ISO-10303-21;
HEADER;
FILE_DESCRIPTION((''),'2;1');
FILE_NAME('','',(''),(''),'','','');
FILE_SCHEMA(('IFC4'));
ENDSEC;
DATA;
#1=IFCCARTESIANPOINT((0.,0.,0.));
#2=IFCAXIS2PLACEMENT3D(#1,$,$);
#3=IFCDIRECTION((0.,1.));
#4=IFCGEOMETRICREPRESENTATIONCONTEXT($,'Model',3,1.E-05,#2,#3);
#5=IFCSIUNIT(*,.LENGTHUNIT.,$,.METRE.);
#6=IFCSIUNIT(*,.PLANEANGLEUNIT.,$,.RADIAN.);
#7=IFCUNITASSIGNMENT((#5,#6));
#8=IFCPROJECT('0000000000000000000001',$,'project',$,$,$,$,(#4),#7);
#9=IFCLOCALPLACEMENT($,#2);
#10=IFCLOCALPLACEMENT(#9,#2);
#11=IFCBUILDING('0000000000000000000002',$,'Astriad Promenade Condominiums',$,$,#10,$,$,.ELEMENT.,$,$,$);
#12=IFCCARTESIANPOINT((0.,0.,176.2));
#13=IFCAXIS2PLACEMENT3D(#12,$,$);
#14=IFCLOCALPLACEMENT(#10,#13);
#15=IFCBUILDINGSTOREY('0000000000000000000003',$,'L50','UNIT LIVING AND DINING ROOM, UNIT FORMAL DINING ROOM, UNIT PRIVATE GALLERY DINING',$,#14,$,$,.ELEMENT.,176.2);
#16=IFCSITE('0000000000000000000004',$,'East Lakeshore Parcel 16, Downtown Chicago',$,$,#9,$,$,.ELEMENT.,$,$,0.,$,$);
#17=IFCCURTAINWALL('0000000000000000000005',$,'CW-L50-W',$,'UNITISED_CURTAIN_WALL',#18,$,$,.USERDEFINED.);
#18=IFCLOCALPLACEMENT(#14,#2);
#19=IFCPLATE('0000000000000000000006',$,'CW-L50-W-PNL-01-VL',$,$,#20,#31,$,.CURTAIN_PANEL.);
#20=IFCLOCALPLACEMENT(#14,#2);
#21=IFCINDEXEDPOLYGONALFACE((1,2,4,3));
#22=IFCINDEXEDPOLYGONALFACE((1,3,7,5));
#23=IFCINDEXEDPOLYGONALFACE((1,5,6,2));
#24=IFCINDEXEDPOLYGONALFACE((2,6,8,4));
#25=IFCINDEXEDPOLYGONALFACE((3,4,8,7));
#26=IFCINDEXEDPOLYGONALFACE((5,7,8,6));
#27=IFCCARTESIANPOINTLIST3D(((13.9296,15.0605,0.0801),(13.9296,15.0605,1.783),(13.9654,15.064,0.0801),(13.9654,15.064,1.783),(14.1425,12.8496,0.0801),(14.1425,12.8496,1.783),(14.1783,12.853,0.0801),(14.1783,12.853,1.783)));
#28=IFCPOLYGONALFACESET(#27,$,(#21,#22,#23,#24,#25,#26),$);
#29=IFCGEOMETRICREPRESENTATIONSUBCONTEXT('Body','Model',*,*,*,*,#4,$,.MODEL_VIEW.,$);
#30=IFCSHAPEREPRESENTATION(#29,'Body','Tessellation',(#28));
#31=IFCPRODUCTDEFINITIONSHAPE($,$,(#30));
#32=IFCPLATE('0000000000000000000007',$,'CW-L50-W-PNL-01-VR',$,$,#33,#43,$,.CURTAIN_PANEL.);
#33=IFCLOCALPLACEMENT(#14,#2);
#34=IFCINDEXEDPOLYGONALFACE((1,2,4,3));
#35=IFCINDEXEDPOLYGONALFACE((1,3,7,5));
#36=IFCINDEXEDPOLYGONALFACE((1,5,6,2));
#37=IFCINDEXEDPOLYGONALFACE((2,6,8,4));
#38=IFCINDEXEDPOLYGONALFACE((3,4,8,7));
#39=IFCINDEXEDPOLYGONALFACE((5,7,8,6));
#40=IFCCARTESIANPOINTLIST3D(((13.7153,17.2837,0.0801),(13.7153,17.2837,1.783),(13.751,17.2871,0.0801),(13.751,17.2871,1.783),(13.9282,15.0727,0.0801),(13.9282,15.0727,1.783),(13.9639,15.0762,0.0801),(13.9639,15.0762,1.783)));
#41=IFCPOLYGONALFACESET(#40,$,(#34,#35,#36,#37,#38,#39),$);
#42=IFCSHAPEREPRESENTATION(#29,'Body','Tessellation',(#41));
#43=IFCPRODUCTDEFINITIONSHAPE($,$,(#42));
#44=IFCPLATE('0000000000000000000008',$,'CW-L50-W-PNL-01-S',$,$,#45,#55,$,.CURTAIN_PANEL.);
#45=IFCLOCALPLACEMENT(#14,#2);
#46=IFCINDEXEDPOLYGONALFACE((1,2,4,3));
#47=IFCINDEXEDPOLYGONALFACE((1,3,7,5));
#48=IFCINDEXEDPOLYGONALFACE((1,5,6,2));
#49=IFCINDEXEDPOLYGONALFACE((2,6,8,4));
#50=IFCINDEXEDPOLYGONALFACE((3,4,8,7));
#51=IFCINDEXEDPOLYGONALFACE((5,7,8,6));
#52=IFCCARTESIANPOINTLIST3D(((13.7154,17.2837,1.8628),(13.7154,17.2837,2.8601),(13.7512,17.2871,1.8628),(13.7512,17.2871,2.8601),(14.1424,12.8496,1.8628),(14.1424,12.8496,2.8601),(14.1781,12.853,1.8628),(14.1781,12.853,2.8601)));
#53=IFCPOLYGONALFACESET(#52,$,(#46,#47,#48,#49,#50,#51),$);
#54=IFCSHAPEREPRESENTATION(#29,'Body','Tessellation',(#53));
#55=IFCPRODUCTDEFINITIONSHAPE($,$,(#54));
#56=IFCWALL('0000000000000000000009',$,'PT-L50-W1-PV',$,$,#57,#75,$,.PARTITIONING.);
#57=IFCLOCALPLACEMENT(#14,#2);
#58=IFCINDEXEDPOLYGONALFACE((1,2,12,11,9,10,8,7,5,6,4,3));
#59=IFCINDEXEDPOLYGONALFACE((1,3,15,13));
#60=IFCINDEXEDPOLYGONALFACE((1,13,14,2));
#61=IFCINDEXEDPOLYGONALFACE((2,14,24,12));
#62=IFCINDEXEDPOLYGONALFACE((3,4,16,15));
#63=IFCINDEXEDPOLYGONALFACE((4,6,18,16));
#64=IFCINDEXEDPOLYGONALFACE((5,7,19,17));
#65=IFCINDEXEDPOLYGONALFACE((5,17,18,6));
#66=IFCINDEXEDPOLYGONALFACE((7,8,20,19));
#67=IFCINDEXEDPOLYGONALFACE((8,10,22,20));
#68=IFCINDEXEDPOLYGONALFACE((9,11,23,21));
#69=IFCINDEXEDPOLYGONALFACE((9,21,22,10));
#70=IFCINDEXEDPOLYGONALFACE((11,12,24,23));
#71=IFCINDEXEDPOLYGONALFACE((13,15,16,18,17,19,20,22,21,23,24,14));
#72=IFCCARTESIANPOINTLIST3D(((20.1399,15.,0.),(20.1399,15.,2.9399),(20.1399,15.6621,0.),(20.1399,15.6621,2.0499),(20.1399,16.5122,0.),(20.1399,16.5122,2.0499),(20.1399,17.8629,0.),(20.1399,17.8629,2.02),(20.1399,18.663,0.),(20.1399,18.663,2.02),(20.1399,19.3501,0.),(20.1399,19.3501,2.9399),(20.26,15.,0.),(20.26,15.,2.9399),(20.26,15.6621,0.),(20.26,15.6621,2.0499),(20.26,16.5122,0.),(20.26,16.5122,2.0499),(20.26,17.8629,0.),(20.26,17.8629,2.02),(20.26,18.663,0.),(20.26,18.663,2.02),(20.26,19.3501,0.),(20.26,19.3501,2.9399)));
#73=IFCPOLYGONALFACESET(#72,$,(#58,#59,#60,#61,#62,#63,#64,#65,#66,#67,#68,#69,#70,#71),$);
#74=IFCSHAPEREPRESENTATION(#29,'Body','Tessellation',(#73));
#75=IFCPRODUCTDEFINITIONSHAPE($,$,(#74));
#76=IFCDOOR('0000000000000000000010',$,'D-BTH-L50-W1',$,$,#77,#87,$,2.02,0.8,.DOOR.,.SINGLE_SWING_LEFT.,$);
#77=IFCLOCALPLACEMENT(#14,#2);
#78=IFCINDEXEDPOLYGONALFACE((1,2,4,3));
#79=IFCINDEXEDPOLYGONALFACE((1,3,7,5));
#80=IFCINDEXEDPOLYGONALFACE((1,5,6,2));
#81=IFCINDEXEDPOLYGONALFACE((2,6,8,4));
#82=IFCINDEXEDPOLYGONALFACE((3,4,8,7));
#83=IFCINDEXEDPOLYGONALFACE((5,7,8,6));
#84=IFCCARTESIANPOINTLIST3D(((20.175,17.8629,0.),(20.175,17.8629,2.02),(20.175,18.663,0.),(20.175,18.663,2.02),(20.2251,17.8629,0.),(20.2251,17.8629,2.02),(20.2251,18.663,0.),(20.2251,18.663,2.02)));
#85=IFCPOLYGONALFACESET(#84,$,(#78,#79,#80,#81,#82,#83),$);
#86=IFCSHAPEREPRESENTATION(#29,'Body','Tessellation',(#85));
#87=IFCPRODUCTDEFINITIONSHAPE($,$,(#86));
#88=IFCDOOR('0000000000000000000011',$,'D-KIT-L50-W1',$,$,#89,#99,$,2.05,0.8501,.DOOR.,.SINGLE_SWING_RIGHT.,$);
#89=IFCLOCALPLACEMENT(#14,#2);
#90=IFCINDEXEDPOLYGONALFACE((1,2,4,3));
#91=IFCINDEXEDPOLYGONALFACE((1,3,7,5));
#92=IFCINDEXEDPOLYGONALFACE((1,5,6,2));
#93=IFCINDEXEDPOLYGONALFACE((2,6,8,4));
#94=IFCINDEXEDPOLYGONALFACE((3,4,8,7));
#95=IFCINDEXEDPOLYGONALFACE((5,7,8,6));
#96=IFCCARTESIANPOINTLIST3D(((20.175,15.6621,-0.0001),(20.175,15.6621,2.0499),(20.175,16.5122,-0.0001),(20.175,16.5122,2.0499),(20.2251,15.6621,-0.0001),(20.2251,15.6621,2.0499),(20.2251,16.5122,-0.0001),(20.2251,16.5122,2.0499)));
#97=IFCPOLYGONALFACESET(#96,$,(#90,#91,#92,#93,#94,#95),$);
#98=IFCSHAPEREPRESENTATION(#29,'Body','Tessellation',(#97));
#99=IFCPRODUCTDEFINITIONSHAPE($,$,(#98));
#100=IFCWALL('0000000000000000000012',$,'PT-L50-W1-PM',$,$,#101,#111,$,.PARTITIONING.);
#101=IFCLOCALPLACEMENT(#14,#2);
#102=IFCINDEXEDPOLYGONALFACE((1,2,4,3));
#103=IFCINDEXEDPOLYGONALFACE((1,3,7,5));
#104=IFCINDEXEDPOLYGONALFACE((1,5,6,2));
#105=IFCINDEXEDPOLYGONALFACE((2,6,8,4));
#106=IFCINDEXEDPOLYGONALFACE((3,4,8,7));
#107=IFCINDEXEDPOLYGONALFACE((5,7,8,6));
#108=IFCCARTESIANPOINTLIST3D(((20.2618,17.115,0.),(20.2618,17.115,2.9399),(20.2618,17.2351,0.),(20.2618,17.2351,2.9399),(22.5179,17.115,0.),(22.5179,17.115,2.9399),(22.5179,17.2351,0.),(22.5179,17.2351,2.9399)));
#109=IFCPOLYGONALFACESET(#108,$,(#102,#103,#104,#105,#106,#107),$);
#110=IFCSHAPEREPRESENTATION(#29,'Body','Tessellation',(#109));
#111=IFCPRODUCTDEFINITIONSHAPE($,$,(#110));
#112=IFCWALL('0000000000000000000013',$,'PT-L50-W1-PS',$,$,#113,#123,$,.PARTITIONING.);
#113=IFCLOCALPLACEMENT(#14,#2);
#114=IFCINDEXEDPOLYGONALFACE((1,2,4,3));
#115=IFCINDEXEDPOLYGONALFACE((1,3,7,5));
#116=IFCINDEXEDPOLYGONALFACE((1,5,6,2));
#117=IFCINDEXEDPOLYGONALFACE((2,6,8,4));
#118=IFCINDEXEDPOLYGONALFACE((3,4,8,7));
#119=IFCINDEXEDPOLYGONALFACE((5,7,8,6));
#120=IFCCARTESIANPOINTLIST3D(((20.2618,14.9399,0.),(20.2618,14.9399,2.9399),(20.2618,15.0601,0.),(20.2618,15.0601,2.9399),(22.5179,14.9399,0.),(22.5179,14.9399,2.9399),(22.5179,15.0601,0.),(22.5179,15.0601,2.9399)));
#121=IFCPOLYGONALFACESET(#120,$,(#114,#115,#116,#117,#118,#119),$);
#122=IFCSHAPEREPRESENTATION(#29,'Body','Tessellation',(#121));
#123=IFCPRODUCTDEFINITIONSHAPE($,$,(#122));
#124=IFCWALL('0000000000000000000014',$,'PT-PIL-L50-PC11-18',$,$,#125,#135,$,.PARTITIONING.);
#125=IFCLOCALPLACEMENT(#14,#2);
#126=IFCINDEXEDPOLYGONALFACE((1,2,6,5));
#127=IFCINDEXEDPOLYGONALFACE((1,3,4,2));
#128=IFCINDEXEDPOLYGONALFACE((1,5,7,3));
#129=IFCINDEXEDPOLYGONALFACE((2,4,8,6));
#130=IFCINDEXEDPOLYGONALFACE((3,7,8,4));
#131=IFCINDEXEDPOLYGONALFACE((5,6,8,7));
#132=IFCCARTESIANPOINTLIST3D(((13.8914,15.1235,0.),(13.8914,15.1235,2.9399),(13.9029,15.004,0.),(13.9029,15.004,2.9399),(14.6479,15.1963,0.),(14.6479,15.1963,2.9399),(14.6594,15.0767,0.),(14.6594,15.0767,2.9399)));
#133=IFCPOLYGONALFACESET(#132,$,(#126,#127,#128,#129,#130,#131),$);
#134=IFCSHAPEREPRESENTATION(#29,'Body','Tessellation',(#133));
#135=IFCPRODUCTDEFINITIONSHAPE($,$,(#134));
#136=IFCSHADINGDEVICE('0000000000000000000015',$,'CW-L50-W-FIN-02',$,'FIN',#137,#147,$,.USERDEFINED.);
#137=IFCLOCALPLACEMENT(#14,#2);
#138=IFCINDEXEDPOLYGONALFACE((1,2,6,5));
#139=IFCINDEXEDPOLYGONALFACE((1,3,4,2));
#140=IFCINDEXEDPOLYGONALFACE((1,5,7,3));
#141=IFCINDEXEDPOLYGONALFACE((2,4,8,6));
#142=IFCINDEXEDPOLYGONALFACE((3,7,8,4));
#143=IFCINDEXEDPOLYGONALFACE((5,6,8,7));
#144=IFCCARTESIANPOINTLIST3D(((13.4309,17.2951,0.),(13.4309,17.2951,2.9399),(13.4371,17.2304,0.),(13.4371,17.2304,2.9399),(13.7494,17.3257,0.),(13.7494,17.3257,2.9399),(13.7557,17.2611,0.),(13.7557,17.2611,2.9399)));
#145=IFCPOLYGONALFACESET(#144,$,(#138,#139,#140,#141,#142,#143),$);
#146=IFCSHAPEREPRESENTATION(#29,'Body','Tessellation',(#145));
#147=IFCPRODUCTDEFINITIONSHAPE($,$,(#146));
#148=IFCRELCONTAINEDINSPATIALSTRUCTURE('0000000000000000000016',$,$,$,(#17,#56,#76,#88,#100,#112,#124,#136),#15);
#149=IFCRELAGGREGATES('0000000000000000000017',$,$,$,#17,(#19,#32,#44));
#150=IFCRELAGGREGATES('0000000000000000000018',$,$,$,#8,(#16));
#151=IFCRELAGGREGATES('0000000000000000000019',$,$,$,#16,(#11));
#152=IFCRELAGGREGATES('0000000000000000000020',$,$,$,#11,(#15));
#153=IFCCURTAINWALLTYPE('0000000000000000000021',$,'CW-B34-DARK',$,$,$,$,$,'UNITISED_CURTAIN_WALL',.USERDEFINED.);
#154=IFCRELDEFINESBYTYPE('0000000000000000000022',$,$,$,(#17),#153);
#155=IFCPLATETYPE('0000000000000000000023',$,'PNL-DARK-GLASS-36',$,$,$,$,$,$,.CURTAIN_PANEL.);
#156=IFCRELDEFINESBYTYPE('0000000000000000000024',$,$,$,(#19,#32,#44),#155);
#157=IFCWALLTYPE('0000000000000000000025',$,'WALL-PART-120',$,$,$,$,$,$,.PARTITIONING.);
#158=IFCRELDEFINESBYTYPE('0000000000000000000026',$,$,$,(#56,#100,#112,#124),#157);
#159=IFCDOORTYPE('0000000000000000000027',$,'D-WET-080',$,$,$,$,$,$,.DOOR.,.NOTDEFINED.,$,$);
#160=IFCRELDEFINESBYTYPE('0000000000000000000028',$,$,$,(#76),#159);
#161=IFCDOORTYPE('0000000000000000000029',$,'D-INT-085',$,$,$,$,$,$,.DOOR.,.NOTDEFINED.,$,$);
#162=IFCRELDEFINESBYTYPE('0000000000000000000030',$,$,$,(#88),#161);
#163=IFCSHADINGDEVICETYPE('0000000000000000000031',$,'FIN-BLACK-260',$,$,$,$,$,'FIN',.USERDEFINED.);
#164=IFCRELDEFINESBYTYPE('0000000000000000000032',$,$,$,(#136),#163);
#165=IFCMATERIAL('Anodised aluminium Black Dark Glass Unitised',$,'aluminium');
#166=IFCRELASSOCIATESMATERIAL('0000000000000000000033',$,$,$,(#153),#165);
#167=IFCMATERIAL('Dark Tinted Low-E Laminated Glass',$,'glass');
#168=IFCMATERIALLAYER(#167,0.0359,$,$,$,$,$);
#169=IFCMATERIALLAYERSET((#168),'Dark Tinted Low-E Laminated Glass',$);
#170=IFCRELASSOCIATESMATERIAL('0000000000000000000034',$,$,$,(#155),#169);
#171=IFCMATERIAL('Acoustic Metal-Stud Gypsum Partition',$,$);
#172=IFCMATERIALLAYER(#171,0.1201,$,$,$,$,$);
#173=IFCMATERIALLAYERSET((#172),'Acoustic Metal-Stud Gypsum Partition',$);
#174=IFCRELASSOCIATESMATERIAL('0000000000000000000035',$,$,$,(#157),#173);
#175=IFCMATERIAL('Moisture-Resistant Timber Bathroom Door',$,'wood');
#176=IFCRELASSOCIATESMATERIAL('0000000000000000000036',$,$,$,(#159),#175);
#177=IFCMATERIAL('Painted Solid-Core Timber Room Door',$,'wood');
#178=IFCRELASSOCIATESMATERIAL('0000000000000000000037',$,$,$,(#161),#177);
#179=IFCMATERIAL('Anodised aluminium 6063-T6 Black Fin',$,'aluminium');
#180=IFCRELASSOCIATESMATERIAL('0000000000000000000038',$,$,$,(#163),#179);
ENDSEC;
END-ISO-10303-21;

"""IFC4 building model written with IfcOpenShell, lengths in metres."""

from ifc_helpers import new_model, si_unit, direction, frame, frame_2d, origin, origin_2d, place, context, subcontext, project, spatial, rectangle, extrude, source, transform, mapped, material, layer, layer_set, type_object, type_shapes, element, fill, aggregate, save


model = new_model("IFC4")

# Units and contexts
model_context = context("Model", 3, precision=1e-05, world=origin(), true_north=direction((0.0, 1.0)))
body_context = subcontext(model_context, "Body", "Model", "MODEL_VIEW")
ifc_project = project(units=[si_unit("LENGTHUNIT", "METRE"), si_unit("PLANEANGLEUNIT", "RADIAN")], contexts=[model_context])

# Site, building, storey
site_placement = place(None, origin())
site = spatial("IfcSite", under=ifc_project, at=site_placement, Name="East Lakeshore Parcel 16, Downtown Chicago", CompositionType="ELEMENT", RefElevation=0.0)
building_placement = place(site_placement, origin())
building = spatial("IfcBuilding", under=site, at=building_placement, Name="Astriad Promenade Condominiums", CompositionType="ELEMENT")
storey_placement = place(building_placement, frame((0.0, 0.0, 176.2)))
storey = spatial("IfcBuildingStorey", under=building, at=storey_placement, Name="L50", Description="UNIT LIVING AND DINING ROOM, UNIT FORMAL DINING ROOM, UNIT PRIVATE GALLERY DINING", CompositionType="ELEMENT", Elevation=176.2)

# Curtain wall, plates
ifc_material_1 = material(Name="Anodised aluminium Black Dark Glass Unitised", Category="aluminium")
curtain_wall_type = type_object("IfcCurtainWallType", Name="CW-B34-DARK", ElementType="UNITISED_CURTAIN_WALL", PredefinedType="USERDEFINED", material=ifc_material_1)
curtain_wall_placement = place(storey_placement, origin())
curtain_wall = element("IfcCurtainWall", 1, at=curtain_wall_placement, inside=storey, type_object=curtain_wall_type, Name="CW-L50-W", ObjectType="UNITISED_CURTAIN_WALL", PredefinedType="USERDEFINED")
ifc_material_2 = material(Name="Dark Tinted Low-E Laminated Glass", Category="glass")
ifc_layer_1 = layer(ifc_material_2, 0.0359)
ifc_layer_set_1 = layer_set([ifc_layer_1], Name="Dark Tinted Low-E Laminated Glass")
plate_type = type_object("IfcPlateType", Name="PNL-DARK-GLASS-36", PredefinedType="CURTAIN_PANEL", material=ifc_layer_set_1)
shared_shape_1 = source(origin(), body_context, "Body", "SweptSolid", [
    extrude(rectangle(XDim=2.2212, YDim=0.0359, at=origin_2d()), origin(), (0.0, 0.0, 1.0), 1.7029),
])
plate_1_placement = place(storey_placement, frame((14.054, 13.9568, 0.0801), z_axis=(0.0, 0.0, 1.0), x_axis=(-0.095846, 0.995396, 0.0)))
plate_1 = element("IfcPlate", 2, at=plate_1_placement, type_object=plate_type, Name="CW-L50-W-PNL-01-VL", PredefinedType="CURTAIN_PANEL", context=body_context, shape_type="MappedRepresentation", body=[
    mapped(shared_shape_1, transform((0.0, 0.0, 0.0), scale=1.0)),
])
plate_2_placement = place(storey_placement, frame((13.8396, 16.1799, 0.0801), z_axis=(0.0, 0.0, 1.0), x_axis=(-0.095846, 0.995396, 0.0)))
plate_2 = element("IfcPlate", 3, at=plate_2_placement, type_object=plate_type, Name="CW-L50-W-PNL-01-VR", PredefinedType="CURTAIN_PANEL", context=body_context, shape_type="MappedRepresentation", body=[
    mapped(shared_shape_1, transform((0.0, 0.0, 0.0), scale=1.0)),
])
shared_shape_2 = source(origin(), body_context, "Body", "SweptSolid", [
    extrude(rectangle(XDim=4.4546, YDim=0.0359, at=origin_2d()), origin(), (0.0, 0.0, 1.0), 0.9973),
])
type_shapes(plate_type, [shared_shape_1, shared_shape_2])
plate_3_placement = place(storey_placement, frame((13.9468, 15.0684, 1.8628), z_axis=(0.0, 0.0, 1.0), x_axis=(-0.095846, 0.995396, 0.0)))
plate_3 = element("IfcPlate", 4, at=plate_3_placement, type_object=plate_type, Name="CW-L50-W-PNL-01-S", PredefinedType="CURTAIN_PANEL", context=body_context, shape_type="MappedRepresentation", body=[
    mapped(shared_shape_2, transform((0.0, 0.0, 0.0), scale=1.0)),
])
aggregate(curtain_wall, [plate_1, plate_2, plate_3])

# Wall, openings, doors
ifc_material_3 = material(Name="Acoustic Metal-Stud Gypsum Partition")
ifc_layer_2 = layer(ifc_material_3, 0.1201)
ifc_layer_set_2 = layer_set([ifc_layer_2], Name="Acoustic Metal-Stud Gypsum Partition")
wall_type = type_object("IfcWallType", Name="WALL-PART-120", PredefinedType="PARTITIONING", material=ifc_layer_set_2)
wall_1_placement = place(storey_placement, frame((20.2, 15.0, 0.0), z_axis=(0.0, 0.0, 1.0), x_axis=(0.0, 1.0, 0.0)))
wall_1 = element("IfcWall", 5, at=wall_1_placement, inside=storey, type_object=wall_type, Name="PT-L50-W1-PV", PredefinedType="PARTITIONING", context=body_context, shape_type="SweptSolid", body=[
    extrude(rectangle(XDim=4.3501, YDim=0.1201, at=frame_2d((2.175, 0.0))), origin(), (0.0, 0.0, 1.0), 2.9399),
])
opening_1_placement = place(wall_1_placement, frame((0.6621, 0.0, 0.0)))
opening_1 = element("IfcOpeningElement", 6, at=opening_1_placement, cuts=wall_1, PredefinedType="OPENING", context=body_context, shape_type="SweptSolid", body=[
    extrude(rectangle(XDim=0.8501, YDim=2.05, at=frame_2d((0.425, 1.0249))), frame((0.0, 0.0701, 0.0), z_axis=(0.0, -1.0, 0.0), x_axis=(1.0, 0.0, 0.0)), (0.0, 0.0, 1.0), 0.1401),
])
opening_2_placement = place(wall_1_placement, frame((2.863, 0.0, 0.0)))
opening_2 = element("IfcOpeningElement", 7, at=opening_2_placement, cuts=wall_1, PredefinedType="OPENING", context=body_context, shape_type="SweptSolid", body=[
    extrude(rectangle(XDim=0.8, YDim=2.02, at=frame_2d((0.3999, 1.01))), frame((0.0, 0.0701, 0.0), z_axis=(0.0, -1.0, 0.0), x_axis=(1.0, 0.0, 0.0)), (0.0, 0.0, 1.0), 0.1401),
])
ifc_material_4 = material(Name="Moisture-Resistant Timber Bathroom Door", Category="wood")
door_type_1 = type_object("IfcDoorType", Name="D-WET-080", OperationType="NOTDEFINED", PredefinedType="DOOR", material=ifc_material_4)
shared_shape_3 = source(origin(), body_context, "Body", "SweptSolid", [
    extrude(rectangle(XDim=0.8, YDim=2.02, at=frame_2d((0.3999, 1.01))), frame((0.0, 0.0249, 0.0), z_axis=(0.0, -1.0, 0.0), x_axis=(1.0, 0.0, 0.0)), (0.0, 0.0, 1.0), 0.05),
])
type_shapes(door_type_1, [shared_shape_3])
door_1_placement = place(opening_2_placement, origin())
door_1 = element("IfcDoor", 8, at=door_1_placement, inside=storey, type_object=door_type_1, Name="D-BTH-L50-W1", OperationType="SINGLE_SWING_LEFT", OverallHeight=2.02, OverallWidth=0.8, PredefinedType="DOOR", context=body_context, shape_type="MappedRepresentation", body=[
    mapped(shared_shape_3, transform((0.0, 0.0, 0.0), scale=1.0)),
])
fill(opening_2, door_1)
ifc_material_5 = material(Name="Painted Solid-Core Timber Room Door", Category="wood")
door_type_2 = type_object("IfcDoorType", Name="D-INT-085", OperationType="NOTDEFINED", PredefinedType="DOOR", material=ifc_material_5)
shared_shape_4 = source(origin(), body_context, "Body", "SweptSolid", [
    extrude(rectangle(XDim=0.8501, YDim=2.05, at=frame_2d((0.425, 1.0249))), frame((0.0, 0.0249, 0.0), z_axis=(0.0, -1.0, 0.0), x_axis=(1.0, 0.0, 0.0)), (0.0, 0.0, 1.0), 0.05),
])
type_shapes(door_type_2, [shared_shape_4])
door_2_placement = place(opening_1_placement, origin())
door_2 = element("IfcDoor", 9, at=door_2_placement, inside=storey, type_object=door_type_2, Name="D-KIT-L50-W1", OperationType="SINGLE_SWING_RIGHT", OverallHeight=2.05, OverallWidth=0.8501, PredefinedType="DOOR", context=body_context, shape_type="MappedRepresentation", body=[
    mapped(shared_shape_4, transform((0.0, 0.0, 0.0), scale=1.0)),
])
fill(opening_1, door_2)

# Walls
for number, where, z_axis, x_axis, name in (
    (10, (20.262, 17.175, 0.0), (0.0, 0.0, 1.0), (1.0, 0.0, 0.0), "PT-L50-W1-PM"),
    (11, (20.262, 15.0, 0.0), (0.0, 0.0, 1.0), (1.0, 0.0, 0.0), "PT-L50-W1-PS"),
):
    element("IfcWall", number, at=place(storey_placement, frame(where, z_axis=z_axis, x_axis=x_axis)), inside=storey, type_object=wall_type, Name=name, PredefinedType="PARTITIONING", context=body_context, shape_type="SweptSolid", body=[
        extrude(rectangle(XDim=2.2561, YDim=0.1201, at=frame_2d((1.1279, 0.0))), origin(), (0.0, 0.0, 1.0), 2.9399),
    ])
wall_2_placement = place(storey_placement, frame((14.6536, 15.1365, 0.0), z_axis=(0.0, 0.0, 1.0), x_axis=(-0.995408, -0.095719, 0.0)))
element("IfcWall", 12, at=wall_2_placement, inside=storey, type_object=wall_type, Name="PT-PIL-L50-PC11-18", PredefinedType="PARTITIONING", context=body_context, shape_type="SweptSolid", body=[
    extrude(rectangle(XDim=0.76, YDim=0.1201, at=frame_2d((0.3799, 0.0))), origin(), (0.0, 0.0, 1.0), 2.9399),
])

# Shading device
ifc_material_6 = material(Name="Anodised aluminium 6063-T6 Black Fin", Category="aluminium")
shading_device_type = type_object("IfcShadingDeviceType", Name="FIN-BLACK-260", ElementType="FIN", PredefinedType="USERDEFINED", material=ifc_material_6)
shared_shape_5 = source(origin(), body_context, "Body", "SweptSolid", [
    extrude(rectangle(XDim=0.0649, YDim=0.3201, at=origin_2d()), origin(), (0.0, 0.0, 1.0), 2.9399),
])
type_shapes(shading_device_type, [shared_shape_5])
shading_device_placement = place(storey_placement, frame((13.5933, 17.2781, 0.0), z_axis=(0.0, 0.0, 1.0), x_axis=(-0.095846, 0.995396, 0.0)))
element("IfcShadingDevice", 13, at=shading_device_placement, inside=storey, type_object=shading_device_type, Name="CW-L50-W-FIN-02", ObjectType="FIN", PredefinedType="USERDEFINED", context=body_context, shape_type="MappedRepresentation", body=[
    mapped(shared_shape_5, transform((0.0, 0.0, 0.0), scale=1.0)),
])

save(model, "model.ifc")
